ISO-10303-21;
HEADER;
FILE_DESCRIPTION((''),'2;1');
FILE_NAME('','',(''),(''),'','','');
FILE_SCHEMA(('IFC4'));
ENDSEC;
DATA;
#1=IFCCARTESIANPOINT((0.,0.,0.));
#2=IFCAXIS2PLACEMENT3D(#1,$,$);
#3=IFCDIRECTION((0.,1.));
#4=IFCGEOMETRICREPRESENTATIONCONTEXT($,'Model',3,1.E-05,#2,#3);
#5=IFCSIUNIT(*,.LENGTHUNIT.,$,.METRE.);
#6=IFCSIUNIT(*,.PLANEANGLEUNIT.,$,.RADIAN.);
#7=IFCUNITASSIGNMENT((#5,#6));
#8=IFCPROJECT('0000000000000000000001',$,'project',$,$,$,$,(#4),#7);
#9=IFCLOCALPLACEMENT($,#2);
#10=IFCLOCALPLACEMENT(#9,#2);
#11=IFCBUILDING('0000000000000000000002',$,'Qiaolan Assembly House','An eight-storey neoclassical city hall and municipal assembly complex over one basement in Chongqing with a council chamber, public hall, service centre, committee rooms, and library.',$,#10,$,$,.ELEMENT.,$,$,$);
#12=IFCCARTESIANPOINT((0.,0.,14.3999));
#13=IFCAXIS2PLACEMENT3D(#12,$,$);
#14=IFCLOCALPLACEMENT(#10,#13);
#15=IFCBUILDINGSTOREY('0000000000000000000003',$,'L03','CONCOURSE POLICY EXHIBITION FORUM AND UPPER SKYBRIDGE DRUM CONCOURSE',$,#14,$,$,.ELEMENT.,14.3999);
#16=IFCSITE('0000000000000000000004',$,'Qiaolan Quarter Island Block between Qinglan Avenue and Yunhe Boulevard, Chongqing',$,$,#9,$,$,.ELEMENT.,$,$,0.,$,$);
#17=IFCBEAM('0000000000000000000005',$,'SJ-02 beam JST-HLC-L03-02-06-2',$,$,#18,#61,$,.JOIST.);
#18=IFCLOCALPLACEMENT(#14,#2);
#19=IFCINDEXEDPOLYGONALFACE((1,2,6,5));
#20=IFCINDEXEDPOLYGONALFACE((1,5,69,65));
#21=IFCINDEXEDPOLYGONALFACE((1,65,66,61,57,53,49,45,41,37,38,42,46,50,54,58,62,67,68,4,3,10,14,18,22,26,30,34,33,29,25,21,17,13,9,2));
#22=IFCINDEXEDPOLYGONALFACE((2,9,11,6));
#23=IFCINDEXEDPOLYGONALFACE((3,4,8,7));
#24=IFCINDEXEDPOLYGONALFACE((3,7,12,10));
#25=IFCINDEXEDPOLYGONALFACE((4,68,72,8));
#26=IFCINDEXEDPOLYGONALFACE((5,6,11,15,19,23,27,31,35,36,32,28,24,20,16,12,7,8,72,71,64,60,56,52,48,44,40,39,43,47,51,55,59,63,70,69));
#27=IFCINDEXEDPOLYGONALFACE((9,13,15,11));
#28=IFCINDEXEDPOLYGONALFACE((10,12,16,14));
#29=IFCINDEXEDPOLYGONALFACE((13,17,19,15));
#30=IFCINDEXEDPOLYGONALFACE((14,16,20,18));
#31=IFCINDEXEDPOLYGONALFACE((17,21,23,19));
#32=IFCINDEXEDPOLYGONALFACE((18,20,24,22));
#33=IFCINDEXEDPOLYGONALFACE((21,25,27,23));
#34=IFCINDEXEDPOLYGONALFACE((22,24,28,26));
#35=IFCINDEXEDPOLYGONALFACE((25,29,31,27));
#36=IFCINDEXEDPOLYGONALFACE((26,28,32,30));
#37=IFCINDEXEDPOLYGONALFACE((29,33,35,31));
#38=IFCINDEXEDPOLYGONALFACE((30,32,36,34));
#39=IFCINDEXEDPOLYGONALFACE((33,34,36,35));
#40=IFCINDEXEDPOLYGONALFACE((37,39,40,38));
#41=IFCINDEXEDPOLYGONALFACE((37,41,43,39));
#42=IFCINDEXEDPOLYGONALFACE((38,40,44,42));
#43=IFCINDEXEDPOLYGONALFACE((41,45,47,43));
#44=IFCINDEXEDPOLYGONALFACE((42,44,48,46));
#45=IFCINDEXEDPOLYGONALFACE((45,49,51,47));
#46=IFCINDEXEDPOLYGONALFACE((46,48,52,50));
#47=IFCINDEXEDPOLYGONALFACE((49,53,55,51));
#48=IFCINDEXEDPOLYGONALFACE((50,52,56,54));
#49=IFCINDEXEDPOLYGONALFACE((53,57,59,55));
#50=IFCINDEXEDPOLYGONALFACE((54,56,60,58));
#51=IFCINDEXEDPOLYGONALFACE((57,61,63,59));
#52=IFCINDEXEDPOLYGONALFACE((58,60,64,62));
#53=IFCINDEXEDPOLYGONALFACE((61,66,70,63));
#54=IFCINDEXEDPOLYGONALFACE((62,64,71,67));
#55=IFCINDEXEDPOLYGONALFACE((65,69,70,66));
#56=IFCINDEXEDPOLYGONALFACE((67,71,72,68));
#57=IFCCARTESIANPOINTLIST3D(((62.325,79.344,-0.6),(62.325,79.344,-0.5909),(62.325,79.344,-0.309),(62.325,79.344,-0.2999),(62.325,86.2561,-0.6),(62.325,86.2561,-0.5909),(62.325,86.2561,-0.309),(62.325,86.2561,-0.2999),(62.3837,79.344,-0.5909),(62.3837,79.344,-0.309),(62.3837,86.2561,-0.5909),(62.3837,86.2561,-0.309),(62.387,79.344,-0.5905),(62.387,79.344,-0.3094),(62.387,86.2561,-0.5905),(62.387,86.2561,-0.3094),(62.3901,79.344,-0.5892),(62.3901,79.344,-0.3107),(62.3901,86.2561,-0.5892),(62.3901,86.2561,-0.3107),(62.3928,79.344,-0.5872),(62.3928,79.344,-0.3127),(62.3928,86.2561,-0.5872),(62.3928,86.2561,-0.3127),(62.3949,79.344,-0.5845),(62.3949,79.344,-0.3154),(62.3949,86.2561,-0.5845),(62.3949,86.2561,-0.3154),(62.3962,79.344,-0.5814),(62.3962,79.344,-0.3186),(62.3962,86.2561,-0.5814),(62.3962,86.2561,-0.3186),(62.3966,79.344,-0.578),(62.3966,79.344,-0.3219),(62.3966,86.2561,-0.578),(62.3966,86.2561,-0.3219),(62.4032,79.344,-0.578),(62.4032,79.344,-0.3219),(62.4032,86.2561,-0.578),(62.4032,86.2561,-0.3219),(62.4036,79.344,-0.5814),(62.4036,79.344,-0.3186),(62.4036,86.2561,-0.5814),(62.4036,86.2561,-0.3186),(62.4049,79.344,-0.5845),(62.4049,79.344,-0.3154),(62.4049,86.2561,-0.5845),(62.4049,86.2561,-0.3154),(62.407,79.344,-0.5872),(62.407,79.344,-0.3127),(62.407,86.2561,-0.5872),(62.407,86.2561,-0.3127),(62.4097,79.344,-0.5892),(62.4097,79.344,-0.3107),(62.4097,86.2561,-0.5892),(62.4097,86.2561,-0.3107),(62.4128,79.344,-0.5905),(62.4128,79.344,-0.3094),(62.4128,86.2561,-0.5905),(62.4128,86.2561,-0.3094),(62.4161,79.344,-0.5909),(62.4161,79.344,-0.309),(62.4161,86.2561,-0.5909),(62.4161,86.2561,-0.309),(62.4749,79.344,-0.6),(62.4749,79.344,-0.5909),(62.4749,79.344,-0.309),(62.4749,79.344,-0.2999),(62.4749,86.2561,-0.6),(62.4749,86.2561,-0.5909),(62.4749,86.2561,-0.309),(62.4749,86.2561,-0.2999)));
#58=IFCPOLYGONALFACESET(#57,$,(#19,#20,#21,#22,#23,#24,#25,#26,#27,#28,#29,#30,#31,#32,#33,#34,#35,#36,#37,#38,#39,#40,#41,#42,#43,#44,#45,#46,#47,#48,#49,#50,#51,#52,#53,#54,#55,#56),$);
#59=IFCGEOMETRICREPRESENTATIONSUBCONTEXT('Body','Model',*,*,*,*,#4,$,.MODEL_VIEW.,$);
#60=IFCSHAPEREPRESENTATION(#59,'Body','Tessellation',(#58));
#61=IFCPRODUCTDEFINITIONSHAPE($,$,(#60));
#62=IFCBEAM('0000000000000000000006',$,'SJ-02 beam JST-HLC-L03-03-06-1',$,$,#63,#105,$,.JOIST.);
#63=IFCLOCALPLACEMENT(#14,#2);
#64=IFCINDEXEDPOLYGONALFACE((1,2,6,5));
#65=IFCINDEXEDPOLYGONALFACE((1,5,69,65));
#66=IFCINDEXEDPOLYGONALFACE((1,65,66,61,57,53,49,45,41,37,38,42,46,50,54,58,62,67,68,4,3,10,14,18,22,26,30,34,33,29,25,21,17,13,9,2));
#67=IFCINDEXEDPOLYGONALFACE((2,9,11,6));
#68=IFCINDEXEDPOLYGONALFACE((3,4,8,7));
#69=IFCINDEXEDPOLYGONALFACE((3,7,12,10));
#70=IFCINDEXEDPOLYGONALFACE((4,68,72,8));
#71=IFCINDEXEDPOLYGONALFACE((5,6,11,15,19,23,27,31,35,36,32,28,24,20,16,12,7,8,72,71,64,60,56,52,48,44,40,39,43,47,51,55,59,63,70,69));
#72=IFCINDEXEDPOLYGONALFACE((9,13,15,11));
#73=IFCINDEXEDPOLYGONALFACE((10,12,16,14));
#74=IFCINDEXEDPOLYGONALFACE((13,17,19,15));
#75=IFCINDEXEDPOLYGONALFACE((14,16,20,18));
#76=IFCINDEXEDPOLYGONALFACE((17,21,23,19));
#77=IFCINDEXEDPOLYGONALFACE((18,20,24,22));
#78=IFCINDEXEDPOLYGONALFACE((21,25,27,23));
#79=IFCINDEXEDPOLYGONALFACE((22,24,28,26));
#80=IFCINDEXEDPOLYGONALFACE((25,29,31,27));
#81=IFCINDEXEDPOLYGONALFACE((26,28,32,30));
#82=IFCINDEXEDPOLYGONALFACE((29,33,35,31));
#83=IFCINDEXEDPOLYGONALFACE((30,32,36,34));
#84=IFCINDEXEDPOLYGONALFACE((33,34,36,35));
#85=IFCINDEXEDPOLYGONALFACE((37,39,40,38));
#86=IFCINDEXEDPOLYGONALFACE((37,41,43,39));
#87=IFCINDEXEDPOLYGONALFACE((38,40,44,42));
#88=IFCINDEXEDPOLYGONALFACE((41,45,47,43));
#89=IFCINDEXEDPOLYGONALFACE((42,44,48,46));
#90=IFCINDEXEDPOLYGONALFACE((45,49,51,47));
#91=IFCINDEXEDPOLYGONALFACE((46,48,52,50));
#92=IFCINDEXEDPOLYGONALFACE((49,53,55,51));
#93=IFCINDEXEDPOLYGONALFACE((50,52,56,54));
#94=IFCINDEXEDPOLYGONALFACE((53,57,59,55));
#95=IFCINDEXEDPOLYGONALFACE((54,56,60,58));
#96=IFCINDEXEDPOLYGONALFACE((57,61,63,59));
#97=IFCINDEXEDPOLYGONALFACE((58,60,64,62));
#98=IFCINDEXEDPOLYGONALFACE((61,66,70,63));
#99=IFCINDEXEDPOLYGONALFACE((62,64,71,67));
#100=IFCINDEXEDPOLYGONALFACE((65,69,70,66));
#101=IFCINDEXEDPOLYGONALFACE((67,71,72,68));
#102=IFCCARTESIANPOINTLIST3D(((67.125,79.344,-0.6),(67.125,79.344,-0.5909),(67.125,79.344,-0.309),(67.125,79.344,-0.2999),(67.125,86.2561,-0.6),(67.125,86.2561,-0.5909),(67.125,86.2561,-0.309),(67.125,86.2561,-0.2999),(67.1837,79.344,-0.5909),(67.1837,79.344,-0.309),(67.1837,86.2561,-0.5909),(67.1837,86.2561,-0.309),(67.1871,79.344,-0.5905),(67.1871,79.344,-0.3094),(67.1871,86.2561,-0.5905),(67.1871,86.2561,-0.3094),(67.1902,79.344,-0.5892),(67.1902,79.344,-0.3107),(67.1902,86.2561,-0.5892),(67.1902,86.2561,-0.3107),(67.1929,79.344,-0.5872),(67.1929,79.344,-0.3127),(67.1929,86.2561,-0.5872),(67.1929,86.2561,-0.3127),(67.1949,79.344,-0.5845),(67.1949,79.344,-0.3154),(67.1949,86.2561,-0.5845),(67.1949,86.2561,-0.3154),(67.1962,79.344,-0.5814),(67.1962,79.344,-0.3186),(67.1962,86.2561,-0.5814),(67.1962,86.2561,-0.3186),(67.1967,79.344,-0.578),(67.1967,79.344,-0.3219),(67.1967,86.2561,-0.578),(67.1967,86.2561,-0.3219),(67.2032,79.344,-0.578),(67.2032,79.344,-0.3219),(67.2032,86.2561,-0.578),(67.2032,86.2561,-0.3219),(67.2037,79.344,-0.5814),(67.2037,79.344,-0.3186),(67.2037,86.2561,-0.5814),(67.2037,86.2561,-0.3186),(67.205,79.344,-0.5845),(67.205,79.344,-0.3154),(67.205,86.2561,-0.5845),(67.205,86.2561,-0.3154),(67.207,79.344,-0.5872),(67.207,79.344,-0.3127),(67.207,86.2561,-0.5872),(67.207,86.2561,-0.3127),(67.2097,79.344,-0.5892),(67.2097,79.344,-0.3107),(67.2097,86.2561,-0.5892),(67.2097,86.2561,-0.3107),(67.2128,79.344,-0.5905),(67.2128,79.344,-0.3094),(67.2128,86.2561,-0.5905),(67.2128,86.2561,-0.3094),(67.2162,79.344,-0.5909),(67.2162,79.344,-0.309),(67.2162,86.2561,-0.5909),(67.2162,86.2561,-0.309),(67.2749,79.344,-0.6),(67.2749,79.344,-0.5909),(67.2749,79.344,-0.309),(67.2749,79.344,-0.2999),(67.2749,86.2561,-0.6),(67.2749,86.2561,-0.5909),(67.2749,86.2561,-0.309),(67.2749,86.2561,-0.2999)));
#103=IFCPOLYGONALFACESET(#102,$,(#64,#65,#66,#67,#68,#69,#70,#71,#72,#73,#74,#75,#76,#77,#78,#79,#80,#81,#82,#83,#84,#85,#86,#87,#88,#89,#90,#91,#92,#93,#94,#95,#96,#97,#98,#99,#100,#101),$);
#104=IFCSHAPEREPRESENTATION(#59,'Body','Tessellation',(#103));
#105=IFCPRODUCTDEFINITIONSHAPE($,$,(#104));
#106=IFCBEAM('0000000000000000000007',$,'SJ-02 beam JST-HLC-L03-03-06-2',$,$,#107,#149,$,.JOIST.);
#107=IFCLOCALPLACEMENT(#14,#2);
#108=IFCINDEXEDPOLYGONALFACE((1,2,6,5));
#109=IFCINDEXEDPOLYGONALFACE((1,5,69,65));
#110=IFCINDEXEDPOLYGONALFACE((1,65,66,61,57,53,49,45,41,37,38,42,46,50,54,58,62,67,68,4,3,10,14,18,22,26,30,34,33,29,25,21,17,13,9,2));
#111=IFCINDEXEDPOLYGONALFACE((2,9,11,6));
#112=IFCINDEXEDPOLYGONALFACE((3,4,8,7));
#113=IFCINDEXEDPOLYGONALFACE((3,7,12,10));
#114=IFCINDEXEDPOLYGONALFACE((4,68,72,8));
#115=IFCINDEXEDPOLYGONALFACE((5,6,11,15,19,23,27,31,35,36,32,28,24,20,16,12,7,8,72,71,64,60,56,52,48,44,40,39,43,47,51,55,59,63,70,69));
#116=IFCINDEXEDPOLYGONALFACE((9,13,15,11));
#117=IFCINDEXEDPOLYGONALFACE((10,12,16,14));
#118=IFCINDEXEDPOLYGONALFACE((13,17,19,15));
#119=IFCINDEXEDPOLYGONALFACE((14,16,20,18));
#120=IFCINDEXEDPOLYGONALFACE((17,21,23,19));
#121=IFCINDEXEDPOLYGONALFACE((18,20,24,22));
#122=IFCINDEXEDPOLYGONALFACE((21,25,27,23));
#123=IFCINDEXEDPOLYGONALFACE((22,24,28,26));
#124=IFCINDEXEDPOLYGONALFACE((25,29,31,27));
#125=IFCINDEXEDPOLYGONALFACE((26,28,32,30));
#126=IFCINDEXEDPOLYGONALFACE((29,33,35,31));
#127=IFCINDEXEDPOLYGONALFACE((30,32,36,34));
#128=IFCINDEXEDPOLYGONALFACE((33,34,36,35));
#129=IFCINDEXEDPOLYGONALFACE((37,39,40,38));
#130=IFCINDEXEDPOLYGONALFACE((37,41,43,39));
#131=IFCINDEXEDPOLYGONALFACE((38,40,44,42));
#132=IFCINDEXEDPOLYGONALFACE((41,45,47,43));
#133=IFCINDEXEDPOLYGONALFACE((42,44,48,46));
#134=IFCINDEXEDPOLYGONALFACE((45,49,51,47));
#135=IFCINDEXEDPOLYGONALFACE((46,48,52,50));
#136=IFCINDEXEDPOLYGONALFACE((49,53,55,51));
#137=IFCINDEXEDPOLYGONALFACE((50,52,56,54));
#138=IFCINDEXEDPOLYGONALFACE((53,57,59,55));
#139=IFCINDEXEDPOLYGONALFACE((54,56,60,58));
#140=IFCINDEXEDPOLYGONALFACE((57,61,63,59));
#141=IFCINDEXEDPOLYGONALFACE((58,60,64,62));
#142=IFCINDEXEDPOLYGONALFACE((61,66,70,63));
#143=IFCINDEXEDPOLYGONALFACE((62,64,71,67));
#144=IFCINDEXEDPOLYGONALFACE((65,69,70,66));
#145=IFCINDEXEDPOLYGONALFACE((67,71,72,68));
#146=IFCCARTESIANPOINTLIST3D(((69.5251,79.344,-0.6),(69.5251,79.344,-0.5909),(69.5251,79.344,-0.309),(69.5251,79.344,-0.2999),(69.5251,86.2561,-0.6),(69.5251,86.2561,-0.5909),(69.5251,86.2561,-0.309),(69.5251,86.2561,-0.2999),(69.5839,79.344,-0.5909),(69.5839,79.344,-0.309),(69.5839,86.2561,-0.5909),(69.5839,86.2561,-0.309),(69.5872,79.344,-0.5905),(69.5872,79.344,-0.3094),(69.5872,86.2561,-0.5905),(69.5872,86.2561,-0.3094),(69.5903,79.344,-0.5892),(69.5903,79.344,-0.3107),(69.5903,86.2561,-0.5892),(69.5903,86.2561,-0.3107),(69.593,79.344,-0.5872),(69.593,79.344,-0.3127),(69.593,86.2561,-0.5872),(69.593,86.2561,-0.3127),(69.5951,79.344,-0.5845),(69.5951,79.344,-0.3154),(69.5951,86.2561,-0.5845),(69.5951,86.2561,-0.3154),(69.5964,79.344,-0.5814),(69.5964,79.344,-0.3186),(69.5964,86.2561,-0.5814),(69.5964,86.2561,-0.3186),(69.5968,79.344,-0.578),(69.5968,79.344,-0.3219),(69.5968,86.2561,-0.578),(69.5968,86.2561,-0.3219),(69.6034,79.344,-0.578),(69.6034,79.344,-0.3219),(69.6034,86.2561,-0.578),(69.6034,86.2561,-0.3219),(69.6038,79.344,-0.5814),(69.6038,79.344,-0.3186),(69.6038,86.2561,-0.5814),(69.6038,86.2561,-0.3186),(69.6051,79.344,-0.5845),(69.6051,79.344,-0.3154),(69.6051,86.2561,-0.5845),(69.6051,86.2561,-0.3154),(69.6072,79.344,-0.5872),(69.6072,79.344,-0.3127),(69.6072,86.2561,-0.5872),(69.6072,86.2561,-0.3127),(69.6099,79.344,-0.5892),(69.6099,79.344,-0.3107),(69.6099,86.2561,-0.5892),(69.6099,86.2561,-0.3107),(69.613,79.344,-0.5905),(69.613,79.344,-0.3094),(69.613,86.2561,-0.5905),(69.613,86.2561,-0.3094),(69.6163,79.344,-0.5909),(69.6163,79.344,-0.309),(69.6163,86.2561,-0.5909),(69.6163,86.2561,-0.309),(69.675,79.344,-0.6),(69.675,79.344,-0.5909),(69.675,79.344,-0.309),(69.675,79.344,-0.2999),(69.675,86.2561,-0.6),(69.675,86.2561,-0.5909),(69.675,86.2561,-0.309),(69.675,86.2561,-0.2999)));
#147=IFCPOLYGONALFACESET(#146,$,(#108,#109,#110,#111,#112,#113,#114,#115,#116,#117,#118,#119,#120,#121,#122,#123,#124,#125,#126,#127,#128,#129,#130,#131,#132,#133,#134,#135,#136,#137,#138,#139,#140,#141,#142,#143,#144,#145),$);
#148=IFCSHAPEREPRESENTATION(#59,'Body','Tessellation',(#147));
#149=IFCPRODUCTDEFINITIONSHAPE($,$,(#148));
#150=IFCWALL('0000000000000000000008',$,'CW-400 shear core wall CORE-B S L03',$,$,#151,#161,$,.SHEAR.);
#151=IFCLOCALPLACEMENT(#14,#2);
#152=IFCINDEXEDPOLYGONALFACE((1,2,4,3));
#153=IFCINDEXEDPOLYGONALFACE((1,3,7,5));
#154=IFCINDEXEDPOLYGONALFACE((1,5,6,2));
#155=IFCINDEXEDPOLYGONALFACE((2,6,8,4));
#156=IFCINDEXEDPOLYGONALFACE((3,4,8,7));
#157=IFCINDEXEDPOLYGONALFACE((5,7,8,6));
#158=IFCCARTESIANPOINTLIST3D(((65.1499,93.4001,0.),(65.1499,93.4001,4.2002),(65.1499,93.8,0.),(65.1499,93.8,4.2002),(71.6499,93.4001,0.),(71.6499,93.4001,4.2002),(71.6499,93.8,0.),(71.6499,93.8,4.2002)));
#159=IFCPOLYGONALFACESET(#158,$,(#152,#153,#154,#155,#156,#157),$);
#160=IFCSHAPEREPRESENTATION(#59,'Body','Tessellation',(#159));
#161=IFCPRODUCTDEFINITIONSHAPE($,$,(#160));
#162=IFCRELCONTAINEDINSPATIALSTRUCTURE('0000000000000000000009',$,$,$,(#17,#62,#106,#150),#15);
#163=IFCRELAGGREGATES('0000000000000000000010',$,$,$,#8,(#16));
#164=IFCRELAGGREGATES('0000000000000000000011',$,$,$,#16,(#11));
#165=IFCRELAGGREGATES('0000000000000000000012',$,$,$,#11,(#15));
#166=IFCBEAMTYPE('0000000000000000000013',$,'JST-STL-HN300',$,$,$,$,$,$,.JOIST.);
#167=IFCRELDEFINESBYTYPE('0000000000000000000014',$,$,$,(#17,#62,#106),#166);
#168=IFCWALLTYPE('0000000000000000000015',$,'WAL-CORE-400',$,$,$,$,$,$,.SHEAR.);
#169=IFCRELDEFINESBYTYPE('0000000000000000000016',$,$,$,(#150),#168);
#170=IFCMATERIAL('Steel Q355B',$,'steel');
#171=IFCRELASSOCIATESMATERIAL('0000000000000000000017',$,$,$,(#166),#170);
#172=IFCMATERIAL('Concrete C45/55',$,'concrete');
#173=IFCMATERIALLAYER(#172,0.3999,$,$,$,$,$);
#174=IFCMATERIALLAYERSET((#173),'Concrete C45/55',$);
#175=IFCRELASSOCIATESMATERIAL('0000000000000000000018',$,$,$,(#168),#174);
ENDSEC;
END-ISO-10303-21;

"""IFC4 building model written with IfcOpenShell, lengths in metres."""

from ifc_helpers import new_model, si_unit, direction, frame, frame_2d, origin, origin_2d, place, context, subcontext, project, spatial, rectangle, i_section, extrude, material, layer, layer_set, material_profile, profile_set, type_object, element, save


model = new_model("IFC4")

# Units and contexts
model_context = context("Model", 3, precision=1e-05, world=origin(), true_north=direction((0.0, 1.0)))
body_context = subcontext(model_context, "Body", "Model", "MODEL_VIEW")
ifc_project = project(units=[si_unit("LENGTHUNIT", "METRE"), si_unit("PLANEANGLEUNIT", "RADIAN")], contexts=[model_context])

# Site, building, storey
site_placement = place(None, origin())
site = spatial("IfcSite", under=ifc_project, at=site_placement, Name="Qiaolan Quarter Island Block between Qinglan Avenue and Yunhe Boulevard, Chongqing", CompositionType="ELEMENT", RefElevation=0.0)
building_placement = place(site_placement, origin())
building = spatial("IfcBuilding", under=site, at=building_placement, Name="Qiaolan Assembly House", Description="An eight-storey neoclassical city hall and municipal assembly complex over one basement in Chongqing with a council chamber, public hall, service centre, committee rooms, and library.", CompositionType="ELEMENT")
storey_placement = place(building_placement, frame((0.0, 0.0, 14.3999)))
storey = spatial("IfcBuildingStorey", under=building, at=storey_placement, Name="L03", Description="CONCOURSE POLICY EXHIBITION FORUM AND UPPER SKYBRIDGE DRUM CONCOURSE", CompositionType="ELEMENT", Elevation=14.3999)

# Shared definitions
ifc_material_1 = material(Name="Concrete C45/55", Category="concrete")

# Beams
ifc_material_2 = material(Name="Steel Q355B", Category="steel")
ifc_material_profile_1 = material_profile(ifc_material_2, i_section(OverallWidth=0.1499, OverallDepth=0.3, WebThickness=0.0066, FlangeThickness=0.009, FilletRadius=0.0129, at=origin_2d()), Name="HN 300x150x6.5x9")
ifc_profile_set_1 = profile_set([ifc_material_profile_1], Name="Steel Q355B")
beam_type_1 = type_object("IfcBeamType", Name="JST-STL-HN300", PredefinedType="JOIST", material=ifc_profile_set_1)
for number, where, z_axis, x_axis, name in (
    (1, (62.3999, 79.344, -0.45), (0.0, 1.0, 0.0), (-1.0, 0.0, 0.0), "SJ-02 beam JST-HLC-L03-02-06-2"),
    (2, (67.2, 79.344, -0.45), (0.0, 1.0, 0.0), (-1.0, 0.0, 0.0), "SJ-02 beam JST-HLC-L03-03-06-1"),
    (3, (69.6001, 79.344, -0.45), (0.0, 1.0, 0.0), (-1.0, 0.0, 0.0), "SJ-02 beam JST-HLC-L03-03-06-2"),
):
    element("IfcBeam", number, at=place(storey_placement, frame(where, z_axis=z_axis, x_axis=x_axis)), inside=storey, type_object=beam_type_1, Name=name, PredefinedType="JOIST", context=body_context, shape_type="SweptSolid", body=[
        extrude(i_section(OverallWidth=0.1499, OverallDepth=0.3, WebThickness=0.0066, FlangeThickness=0.009, FilletRadius=0.0129, at=origin_2d()), origin(), (0.0, 0.0, 1.0), 6.9121),
    ])

# Wall
ifc_layer_1 = layer(ifc_material_1, 0.3999)
ifc_layer_set_1 = layer_set([ifc_layer_1], Name="Concrete C45/55")
wall_type_1 = type_object("IfcWallType", Name="WAL-CORE-400", PredefinedType="SHEAR", material=ifc_layer_set_1)
wall_1_placement = place(storey_placement, frame((65.1499, 93.6001, 0.0), z_axis=(0.0, 0.0, 1.0), x_axis=(1.0, 0.0, 0.0)))
element("IfcWall", 4, at=wall_1_placement, inside=storey, type_object=wall_type_1, Name="CW-400 shear core wall CORE-B S L03", PredefinedType="SHEAR", context=body_context, shape_type="SweptSolid", body=[
    extrude(rectangle(XDim=6.5, YDim=0.3999, at=frame_2d((3.25, 0.0))), origin(), (0.0, 0.0, 1.0), 4.2002),
])

save(model, "model.ifc")
